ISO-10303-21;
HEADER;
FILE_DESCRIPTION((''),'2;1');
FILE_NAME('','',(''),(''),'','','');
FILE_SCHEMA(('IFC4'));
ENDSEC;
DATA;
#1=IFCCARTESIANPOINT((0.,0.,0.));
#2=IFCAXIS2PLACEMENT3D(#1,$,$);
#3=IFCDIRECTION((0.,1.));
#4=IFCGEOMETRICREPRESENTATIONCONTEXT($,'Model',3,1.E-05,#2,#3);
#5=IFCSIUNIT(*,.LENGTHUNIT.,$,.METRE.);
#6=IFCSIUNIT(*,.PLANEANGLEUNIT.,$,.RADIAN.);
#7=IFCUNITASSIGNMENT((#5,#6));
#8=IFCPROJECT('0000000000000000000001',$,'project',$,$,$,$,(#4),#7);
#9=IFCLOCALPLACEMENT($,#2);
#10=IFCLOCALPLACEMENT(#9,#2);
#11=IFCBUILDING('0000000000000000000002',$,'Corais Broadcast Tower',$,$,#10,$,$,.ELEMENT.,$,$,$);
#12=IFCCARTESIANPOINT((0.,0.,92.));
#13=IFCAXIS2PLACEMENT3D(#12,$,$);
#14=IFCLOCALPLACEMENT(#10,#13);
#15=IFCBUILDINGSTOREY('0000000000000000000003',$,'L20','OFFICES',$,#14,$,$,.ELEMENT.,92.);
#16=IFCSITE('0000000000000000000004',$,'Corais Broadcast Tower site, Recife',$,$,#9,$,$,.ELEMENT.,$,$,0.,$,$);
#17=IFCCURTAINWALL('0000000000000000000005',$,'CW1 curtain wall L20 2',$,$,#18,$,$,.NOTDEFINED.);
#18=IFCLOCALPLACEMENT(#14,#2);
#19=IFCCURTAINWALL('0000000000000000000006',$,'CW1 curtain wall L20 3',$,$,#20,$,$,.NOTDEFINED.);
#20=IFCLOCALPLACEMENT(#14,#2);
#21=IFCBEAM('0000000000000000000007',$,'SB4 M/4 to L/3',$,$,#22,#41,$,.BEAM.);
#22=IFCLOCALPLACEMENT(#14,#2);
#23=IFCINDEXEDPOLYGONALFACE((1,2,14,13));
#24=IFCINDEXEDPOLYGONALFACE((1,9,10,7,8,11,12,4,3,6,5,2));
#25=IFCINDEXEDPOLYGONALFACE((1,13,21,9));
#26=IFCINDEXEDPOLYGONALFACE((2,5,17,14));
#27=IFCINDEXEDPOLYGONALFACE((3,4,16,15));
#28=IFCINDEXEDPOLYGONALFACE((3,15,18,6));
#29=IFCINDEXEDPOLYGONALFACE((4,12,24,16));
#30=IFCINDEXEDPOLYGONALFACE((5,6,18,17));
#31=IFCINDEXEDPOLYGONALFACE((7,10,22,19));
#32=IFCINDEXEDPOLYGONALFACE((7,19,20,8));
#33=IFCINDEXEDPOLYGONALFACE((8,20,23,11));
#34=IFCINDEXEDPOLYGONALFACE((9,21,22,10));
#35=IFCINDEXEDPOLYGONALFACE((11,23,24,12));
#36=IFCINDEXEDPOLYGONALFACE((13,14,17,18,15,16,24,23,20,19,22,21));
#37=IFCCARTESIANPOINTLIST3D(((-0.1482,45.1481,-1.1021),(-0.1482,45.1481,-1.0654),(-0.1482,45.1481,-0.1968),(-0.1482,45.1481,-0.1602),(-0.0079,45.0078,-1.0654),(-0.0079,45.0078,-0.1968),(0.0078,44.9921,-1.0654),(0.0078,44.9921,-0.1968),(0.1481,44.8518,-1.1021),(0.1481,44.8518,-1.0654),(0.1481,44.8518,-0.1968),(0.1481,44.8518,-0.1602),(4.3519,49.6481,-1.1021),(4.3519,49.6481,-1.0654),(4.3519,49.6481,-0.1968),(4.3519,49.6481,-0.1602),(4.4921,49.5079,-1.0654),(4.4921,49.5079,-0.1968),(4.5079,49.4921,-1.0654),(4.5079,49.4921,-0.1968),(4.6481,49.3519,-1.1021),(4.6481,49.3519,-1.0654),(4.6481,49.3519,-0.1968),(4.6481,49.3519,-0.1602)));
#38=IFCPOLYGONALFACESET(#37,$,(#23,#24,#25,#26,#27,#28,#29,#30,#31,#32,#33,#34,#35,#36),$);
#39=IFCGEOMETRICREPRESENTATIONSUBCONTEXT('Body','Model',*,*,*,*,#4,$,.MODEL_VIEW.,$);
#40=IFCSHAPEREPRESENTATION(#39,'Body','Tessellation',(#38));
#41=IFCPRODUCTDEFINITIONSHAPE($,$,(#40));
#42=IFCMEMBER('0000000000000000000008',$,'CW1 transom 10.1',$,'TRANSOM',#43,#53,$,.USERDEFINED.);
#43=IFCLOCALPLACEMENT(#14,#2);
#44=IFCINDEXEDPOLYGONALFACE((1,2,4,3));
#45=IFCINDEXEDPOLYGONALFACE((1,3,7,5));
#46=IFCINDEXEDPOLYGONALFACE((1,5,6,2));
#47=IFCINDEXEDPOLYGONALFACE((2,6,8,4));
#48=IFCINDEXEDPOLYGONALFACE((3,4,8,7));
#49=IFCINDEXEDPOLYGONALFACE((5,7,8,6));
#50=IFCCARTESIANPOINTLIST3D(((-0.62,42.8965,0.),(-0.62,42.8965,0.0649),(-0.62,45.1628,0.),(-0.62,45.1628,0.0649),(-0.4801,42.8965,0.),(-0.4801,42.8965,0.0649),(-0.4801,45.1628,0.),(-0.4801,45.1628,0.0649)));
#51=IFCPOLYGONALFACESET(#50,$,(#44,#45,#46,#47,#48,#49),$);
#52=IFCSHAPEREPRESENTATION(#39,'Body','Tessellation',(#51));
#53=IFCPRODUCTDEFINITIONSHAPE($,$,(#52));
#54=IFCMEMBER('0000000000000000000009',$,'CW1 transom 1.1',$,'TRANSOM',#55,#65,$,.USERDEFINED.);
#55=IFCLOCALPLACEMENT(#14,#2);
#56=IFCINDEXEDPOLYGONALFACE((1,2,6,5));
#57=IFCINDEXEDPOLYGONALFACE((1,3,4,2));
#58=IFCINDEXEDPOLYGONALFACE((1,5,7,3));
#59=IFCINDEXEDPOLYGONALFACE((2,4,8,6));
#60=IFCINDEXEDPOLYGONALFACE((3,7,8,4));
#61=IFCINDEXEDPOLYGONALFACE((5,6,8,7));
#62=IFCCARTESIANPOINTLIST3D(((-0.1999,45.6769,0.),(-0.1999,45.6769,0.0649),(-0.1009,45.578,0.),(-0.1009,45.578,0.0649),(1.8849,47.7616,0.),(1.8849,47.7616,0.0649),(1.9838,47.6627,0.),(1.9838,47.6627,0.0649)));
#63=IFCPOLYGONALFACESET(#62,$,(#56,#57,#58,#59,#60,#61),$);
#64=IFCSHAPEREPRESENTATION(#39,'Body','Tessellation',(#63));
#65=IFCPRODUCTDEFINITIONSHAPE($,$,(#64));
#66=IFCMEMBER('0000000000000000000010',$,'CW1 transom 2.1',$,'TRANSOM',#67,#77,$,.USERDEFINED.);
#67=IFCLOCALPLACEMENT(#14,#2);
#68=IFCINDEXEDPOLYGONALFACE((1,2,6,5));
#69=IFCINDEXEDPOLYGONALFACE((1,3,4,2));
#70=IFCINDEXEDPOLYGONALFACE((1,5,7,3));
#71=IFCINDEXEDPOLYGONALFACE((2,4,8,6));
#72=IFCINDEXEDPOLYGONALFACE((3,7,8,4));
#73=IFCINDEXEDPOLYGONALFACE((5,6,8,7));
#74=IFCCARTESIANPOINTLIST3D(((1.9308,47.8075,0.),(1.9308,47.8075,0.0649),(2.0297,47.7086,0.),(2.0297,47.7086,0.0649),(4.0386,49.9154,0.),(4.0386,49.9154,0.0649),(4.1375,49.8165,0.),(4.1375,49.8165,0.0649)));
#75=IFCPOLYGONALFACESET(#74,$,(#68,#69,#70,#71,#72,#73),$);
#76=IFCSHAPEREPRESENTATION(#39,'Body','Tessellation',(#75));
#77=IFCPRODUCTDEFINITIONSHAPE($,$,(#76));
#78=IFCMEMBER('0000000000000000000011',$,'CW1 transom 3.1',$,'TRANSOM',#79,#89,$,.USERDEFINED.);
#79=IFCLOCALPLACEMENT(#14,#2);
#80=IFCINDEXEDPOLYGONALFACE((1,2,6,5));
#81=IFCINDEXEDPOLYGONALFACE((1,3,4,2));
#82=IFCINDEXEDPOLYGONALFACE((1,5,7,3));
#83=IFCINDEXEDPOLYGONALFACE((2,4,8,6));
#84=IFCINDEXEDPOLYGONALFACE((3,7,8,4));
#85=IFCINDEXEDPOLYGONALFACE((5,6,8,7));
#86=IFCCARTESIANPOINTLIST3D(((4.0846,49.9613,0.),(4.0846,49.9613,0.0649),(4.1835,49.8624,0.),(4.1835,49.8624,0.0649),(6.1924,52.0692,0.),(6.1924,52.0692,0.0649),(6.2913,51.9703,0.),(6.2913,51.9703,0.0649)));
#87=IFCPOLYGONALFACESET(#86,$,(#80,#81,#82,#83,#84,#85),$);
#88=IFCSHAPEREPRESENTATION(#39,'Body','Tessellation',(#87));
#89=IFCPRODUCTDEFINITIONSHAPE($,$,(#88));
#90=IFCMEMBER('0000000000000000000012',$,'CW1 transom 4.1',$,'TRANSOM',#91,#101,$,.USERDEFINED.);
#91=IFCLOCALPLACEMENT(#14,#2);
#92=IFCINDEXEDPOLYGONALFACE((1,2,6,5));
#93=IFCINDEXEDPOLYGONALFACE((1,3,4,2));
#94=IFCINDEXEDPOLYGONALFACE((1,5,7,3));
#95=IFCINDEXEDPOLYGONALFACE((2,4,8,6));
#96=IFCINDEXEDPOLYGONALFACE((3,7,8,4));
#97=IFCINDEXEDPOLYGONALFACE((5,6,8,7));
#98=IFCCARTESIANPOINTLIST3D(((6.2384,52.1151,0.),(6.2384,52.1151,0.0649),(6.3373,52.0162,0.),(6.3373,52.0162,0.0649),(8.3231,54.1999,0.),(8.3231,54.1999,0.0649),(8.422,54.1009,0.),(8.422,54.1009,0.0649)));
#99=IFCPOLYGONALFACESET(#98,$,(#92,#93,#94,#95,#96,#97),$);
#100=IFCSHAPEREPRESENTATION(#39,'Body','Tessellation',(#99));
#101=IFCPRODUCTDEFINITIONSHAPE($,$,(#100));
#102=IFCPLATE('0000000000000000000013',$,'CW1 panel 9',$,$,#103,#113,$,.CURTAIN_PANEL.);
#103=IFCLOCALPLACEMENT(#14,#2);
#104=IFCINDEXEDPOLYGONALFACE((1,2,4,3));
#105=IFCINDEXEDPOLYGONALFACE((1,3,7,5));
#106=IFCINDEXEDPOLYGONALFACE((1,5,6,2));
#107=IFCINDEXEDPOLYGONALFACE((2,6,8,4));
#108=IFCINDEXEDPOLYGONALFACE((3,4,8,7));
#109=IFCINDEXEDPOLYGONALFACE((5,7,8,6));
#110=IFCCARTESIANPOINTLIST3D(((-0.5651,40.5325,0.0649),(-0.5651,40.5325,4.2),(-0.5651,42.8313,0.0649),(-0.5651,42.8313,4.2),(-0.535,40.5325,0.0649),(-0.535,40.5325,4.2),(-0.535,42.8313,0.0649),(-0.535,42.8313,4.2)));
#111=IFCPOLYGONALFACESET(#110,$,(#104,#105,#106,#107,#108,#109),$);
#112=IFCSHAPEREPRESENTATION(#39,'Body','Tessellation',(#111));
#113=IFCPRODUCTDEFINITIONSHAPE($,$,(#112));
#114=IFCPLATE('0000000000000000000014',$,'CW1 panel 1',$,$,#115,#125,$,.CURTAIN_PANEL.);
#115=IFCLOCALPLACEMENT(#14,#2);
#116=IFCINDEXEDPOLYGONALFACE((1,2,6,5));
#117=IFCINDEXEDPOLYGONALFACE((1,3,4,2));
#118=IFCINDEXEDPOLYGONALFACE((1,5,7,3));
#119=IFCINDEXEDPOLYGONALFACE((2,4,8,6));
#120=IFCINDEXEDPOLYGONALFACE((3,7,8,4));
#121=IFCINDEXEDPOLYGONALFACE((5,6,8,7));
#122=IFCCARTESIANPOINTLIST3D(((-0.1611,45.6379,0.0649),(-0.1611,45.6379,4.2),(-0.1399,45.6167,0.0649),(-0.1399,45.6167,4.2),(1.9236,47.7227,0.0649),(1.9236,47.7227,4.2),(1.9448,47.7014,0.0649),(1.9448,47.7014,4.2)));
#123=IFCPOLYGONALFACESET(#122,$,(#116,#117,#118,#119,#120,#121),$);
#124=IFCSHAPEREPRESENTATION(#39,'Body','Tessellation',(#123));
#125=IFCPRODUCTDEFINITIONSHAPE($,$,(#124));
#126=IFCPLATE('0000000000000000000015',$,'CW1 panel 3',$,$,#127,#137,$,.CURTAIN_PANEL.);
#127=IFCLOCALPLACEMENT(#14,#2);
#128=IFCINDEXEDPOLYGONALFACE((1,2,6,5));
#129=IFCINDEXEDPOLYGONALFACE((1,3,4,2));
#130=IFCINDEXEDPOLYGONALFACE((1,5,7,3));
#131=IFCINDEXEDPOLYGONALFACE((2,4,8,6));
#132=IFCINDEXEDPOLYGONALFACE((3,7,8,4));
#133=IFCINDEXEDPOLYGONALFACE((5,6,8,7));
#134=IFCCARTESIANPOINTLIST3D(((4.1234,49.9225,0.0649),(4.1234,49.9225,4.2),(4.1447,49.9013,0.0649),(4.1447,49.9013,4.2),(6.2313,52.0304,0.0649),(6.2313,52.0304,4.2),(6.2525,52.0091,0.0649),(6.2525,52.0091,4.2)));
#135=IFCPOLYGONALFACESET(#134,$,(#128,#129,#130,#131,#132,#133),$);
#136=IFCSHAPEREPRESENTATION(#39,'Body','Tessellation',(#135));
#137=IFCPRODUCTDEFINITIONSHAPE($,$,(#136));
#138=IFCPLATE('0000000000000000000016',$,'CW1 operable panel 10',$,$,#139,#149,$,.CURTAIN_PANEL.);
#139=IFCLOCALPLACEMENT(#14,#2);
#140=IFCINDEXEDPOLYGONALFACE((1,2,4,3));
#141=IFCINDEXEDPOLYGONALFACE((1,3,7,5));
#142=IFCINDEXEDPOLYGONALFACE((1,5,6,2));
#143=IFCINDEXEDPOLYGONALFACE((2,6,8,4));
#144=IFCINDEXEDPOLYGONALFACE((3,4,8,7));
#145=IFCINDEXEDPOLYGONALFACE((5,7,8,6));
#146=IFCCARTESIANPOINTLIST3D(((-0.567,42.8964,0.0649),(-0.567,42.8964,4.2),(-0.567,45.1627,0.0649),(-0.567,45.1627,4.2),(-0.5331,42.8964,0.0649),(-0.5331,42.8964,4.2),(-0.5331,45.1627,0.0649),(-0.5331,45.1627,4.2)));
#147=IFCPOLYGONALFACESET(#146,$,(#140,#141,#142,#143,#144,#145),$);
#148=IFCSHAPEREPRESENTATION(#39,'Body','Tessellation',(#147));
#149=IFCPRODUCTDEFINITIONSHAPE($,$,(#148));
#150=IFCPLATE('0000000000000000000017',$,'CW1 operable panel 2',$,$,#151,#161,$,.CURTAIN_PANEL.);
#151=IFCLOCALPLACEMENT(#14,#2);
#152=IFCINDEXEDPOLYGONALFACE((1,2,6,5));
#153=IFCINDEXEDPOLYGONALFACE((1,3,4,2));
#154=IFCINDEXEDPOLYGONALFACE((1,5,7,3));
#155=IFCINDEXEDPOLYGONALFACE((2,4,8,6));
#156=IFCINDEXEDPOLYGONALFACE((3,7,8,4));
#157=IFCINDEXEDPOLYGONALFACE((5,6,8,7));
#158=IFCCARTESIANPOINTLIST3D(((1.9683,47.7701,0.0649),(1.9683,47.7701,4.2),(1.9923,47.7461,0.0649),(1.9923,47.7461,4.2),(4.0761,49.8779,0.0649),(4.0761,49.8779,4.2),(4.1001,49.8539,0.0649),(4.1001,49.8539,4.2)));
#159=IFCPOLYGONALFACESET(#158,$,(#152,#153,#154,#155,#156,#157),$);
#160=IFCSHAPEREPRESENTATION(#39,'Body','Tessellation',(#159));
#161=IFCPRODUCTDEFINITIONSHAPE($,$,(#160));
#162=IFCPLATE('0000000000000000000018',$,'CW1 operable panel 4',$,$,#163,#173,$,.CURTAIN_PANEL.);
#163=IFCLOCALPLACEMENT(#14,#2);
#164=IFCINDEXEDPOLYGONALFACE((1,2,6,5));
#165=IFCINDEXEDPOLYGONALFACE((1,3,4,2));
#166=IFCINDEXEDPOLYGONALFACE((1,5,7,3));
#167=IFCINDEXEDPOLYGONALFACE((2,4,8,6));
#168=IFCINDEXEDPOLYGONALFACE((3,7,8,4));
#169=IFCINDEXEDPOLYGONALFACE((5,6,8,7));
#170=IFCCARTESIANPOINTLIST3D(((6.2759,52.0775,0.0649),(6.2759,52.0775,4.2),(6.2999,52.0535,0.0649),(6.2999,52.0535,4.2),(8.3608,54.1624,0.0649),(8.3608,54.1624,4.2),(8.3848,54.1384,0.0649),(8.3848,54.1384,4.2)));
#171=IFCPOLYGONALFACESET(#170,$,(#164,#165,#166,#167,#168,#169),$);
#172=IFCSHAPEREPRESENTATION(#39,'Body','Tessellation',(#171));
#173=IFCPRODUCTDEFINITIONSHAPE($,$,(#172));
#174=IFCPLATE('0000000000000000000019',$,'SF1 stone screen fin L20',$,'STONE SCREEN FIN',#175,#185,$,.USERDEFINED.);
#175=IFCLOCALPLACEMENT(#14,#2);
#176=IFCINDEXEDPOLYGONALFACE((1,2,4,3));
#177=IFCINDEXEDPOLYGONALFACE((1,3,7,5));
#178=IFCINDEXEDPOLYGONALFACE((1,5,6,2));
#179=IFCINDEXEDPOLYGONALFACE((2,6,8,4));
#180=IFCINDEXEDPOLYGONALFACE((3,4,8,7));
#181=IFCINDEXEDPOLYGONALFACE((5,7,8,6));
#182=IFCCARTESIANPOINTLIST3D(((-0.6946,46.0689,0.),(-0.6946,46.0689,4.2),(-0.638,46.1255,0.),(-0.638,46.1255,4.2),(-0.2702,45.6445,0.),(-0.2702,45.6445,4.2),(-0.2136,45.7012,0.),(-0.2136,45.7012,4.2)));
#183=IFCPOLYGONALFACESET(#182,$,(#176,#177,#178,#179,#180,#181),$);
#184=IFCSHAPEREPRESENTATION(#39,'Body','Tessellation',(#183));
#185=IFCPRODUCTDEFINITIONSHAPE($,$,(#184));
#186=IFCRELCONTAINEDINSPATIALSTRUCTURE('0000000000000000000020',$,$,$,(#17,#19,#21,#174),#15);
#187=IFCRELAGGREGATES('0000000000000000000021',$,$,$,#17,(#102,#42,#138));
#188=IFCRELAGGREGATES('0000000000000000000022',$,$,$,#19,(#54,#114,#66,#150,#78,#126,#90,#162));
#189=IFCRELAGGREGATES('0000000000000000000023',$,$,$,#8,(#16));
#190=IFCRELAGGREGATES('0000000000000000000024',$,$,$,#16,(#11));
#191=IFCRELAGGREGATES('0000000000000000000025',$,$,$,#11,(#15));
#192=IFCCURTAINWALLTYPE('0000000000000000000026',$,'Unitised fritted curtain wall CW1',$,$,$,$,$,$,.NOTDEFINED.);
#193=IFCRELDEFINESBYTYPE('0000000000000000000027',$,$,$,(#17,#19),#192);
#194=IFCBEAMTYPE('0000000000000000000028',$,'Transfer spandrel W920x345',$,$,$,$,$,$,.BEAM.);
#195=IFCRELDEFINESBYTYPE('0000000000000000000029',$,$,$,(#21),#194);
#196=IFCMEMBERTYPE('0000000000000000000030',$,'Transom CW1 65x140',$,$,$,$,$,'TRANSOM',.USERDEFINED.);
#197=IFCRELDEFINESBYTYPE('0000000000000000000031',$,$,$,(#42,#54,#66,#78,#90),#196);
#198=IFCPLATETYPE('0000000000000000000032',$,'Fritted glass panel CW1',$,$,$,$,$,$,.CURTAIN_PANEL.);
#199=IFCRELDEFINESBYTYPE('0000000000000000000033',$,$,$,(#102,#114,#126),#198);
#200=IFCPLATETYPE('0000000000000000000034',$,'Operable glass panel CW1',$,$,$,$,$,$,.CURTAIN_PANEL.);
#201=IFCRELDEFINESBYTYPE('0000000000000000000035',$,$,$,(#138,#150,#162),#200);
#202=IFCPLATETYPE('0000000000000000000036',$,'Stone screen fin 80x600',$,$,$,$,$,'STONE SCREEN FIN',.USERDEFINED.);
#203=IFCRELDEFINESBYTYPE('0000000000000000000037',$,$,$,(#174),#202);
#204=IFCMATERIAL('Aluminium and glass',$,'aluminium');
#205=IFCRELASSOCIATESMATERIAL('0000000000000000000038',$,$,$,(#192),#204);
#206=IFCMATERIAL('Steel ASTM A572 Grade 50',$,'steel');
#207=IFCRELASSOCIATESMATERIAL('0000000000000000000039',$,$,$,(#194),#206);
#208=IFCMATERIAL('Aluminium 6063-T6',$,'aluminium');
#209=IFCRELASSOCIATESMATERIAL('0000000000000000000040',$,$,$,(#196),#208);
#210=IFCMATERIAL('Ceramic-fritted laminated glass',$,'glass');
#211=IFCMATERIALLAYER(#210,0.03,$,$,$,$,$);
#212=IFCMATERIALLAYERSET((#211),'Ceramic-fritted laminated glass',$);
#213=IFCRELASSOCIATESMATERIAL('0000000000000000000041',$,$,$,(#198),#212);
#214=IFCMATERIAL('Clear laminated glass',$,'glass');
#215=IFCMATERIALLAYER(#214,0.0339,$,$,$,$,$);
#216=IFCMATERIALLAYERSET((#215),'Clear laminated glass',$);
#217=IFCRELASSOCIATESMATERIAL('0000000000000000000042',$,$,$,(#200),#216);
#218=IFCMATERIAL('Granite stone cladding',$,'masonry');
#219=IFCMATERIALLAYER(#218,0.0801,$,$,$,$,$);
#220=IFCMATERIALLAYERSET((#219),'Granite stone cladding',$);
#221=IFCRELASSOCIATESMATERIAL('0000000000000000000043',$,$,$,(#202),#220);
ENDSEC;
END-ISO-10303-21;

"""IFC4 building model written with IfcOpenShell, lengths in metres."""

from ifc_helpers import new_model, si_unit, direction, frame, origin, origin_2d, place, context, subcontext, project, spatial, rectangle, i_section, extrude, material, layer, layer_set, material_profile, profile_set, type_object, element, aggregate, save


model = new_model("IFC4")

# Units and contexts
model_context = context("Model", 3, precision=1e-05, world=origin(), true_north=direction((0.0, 1.0)))
body_context = subcontext(model_context, "Body", "Model", "MODEL_VIEW")
ifc_project = project(units=[si_unit("LENGTHUNIT", "METRE"), si_unit("PLANEANGLEUNIT", "RADIAN")], contexts=[model_context])

# Site, building, storey
site_placement = place(None, origin())
site = spatial("IfcSite", under=ifc_project, at=site_placement, Name="Corais Broadcast Tower site, Recife", CompositionType="ELEMENT", RefElevation=0.0)
building_placement = place(site_placement, origin())
building = spatial("IfcBuilding", under=site, at=building_placement, Name="Corais Broadcast Tower", CompositionType="ELEMENT")
storey_placement = place(building_placement, frame((0.0, 0.0, 92.0)))
storey = spatial("IfcBuildingStorey", under=building, at=storey_placement, Name="L20", Description="OFFICES", CompositionType="ELEMENT", Elevation=92.0)

# Curtain walls
ifc_material_1 = material(Name="Aluminium and glass", Category="aluminium")
curtain_wall_type = type_object("IfcCurtainWallType", Name="Unitised fritted curtain wall CW1", PredefinedType="NOTDEFINED", material=ifc_material_1)
curtain_wall_1_placement = place(storey_placement, origin())
curtain_wall_1 = element("IfcCurtainWall", 1, at=curtain_wall_1_placement, inside=storey, type_object=curtain_wall_type, Name="CW1 curtain wall L20 2", PredefinedType="NOTDEFINED")
curtain_wall_2_placement = place(storey_placement, origin())
curtain_wall_2 = element("IfcCurtainWall", 2, at=curtain_wall_2_placement, inside=storey, type_object=curtain_wall_type, Name="CW1 curtain wall L20 3", PredefinedType="NOTDEFINED")

# Beam
ifc_material_2 = material(Name="Steel ASTM A572 Grade 50", Category="steel")
ifc_material_profile_1 = material_profile(ifc_material_2, i_section(OverallWidth=0.4189, OverallDepth=0.9419, WebThickness=0.0222, FlangeThickness=0.0366, at=origin_2d()), Name="W920x345")
ifc_profile_set_1 = profile_set([ifc_material_profile_1], Name="Steel ASTM A572 Grade 50")
beam_type_1 = type_object("IfcBeamType", Name="Transfer spandrel W920x345", PredefinedType="BEAM", material=ifc_profile_set_1)
beam_1_placement = place(storey_placement, frame((4.5, 49.5, -0.6311), z_axis=(-0.707107, -0.707107, 0.0), x_axis=(0.707107, -0.707107, 0.0)))
element("IfcBeam", 3, at=beam_1_placement, inside=storey, type_object=beam_type_1, Name="SB4 M/4 to L/3", PredefinedType="BEAM", context=body_context, shape_type="SweptSolid", body=[
    extrude(i_section(OverallWidth=0.4189, OverallDepth=0.9419, WebThickness=0.0222, FlangeThickness=0.0366, at=origin_2d()), origin(), (0.0, 0.0, 1.0), 6.364),
])

# Members
ifc_material_3 = material(Name="Aluminium 6063-T6", Category="aluminium")
ifc_material_profile_2 = material_profile(ifc_material_3, rectangle(XDim=0.1399, YDim=0.0649, at=origin_2d()), Name="Transom CW1 65x140")
ifc_profile_set_2 = profile_set([ifc_material_profile_2], Name="Aluminium 6063-T6")
member_type_1 = type_object("IfcMemberType", Name="Transom CW1 65x140", ElementType="TRANSOM", PredefinedType="USERDEFINED", material=ifc_profile_set_2)
member_1_placement = place(storey_placement, frame((-0.55, 42.8965, 0.0325), z_axis=(0.0, 1.0, 0.0), x_axis=(-1.0, 0.0, 0.0)))
member_1 = element("IfcMember", 4, at=member_1_placement, type_object=member_type_1, Name="CW1 transom 10.1", ObjectType="TRANSOM", PredefinedType="USERDEFINED", context=body_context, shape_type="SweptSolid", body=[
    extrude(rectangle(XDim=0.1399, YDim=0.0649, at=origin_2d()), origin(), (0.0, 0.0, 1.0), 2.2664),
])
member_2_placement = place(storey_placement, frame((-0.1504, 45.6274, 0.0325), z_axis=(0.707107, 0.707107, 0.0), x_axis=(-0.707107, 0.707107, 0.0)))
member_2 = element("IfcMember", 5, at=member_2_placement, type_object=member_type_1, Name="CW1 transom 1.1", ObjectType="TRANSOM", PredefinedType="USERDEFINED", context=body_context, shape_type="SweptSolid", body=[
    extrude(rectangle(XDim=0.1399, YDim=0.0649, at=origin_2d()), origin(), (0.0, 0.0, 1.0), 2.9482),
])
member_3_placement = place(storey_placement, frame((1.9802, 47.7581, 0.0325), z_axis=(0.707107, 0.707107, 0.0), x_axis=(-0.707107, 0.707107, 0.0)))
member_3 = element("IfcMember", 6, at=member_3_placement, type_object=member_type_1, Name="CW1 transom 2.1", ObjectType="TRANSOM", PredefinedType="USERDEFINED", context=body_context, shape_type="SweptSolid", body=[
    extrude(rectangle(XDim=0.1399, YDim=0.0649, at=origin_2d()), origin(), (0.0, 0.0, 1.0), 2.981),
])
member_4_placement = place(storey_placement, frame((4.134, 49.9119, 0.0325), z_axis=(0.707107, 0.707107, 0.0), x_axis=(-0.707107, 0.707107, 0.0)))
member_4 = element("IfcMember", 7, at=member_4_placement, type_object=member_type_1, Name="CW1 transom 3.1", ObjectType="TRANSOM", PredefinedType="USERDEFINED", context=body_context, shape_type="SweptSolid", body=[
    extrude(rectangle(XDim=0.1399, YDim=0.0649, at=origin_2d()), origin(), (0.0, 0.0, 1.0), 2.981),
])
member_5_placement = place(storey_placement, frame((6.2878, 52.0657, 0.0325), z_axis=(0.707107, 0.707107, 0.0), x_axis=(-0.707107, 0.707107, 0.0)))
member_5 = element("IfcMember", 8, at=member_5_placement, type_object=member_type_1, Name="CW1 transom 4.1", ObjectType="TRANSOM", PredefinedType="USERDEFINED", context=body_context, shape_type="SweptSolid", body=[
    extrude(rectangle(XDim=0.1399, YDim=0.0649, at=origin_2d()), origin(), (0.0, 0.0, 1.0), 2.9482),
])

# Plates
ifc_material_4 = material(Name="Ceramic-fritted laminated glass", Category="glass")
ifc_layer_1 = layer(ifc_material_4, 0.03)
ifc_layer_set_1 = layer_set([ifc_layer_1], Name="Ceramic-fritted laminated glass")
plate_type_1 = type_object("IfcPlateType", Name="Fritted glass panel CW1", PredefinedType="CURTAIN_PANEL", material=ifc_layer_set_1)
plate_1_placement = place(storey_placement, frame((-0.55, 41.6819, 0.0649), z_axis=(0.0, 0.0, 1.0), x_axis=(0.0, 1.0, 0.0)))
plate_1 = element("IfcPlate", 9, at=plate_1_placement, type_object=plate_type_1, Name="CW1 panel 9", PredefinedType="CURTAIN_PANEL", context=body_context, shape_type="SweptSolid", body=[
    extrude(rectangle(XDim=2.2988, YDim=0.03, at=origin_2d()), origin(), (0.0, 0.0, 1.0), 4.135),
])
plate_2_placement = place(storey_placement, frame((0.8918, 46.6697, 0.0649), z_axis=(0.0, 0.0, 1.0), x_axis=(0.707107, 0.707107, 0.0)))
plate_2 = element("IfcPlate", 10, at=plate_2_placement, type_object=plate_type_1, Name="CW1 panel 1", PredefinedType="CURTAIN_PANEL", context=body_context, shape_type="SweptSolid", body=[
    extrude(rectangle(XDim=2.9482, YDim=0.03, at=origin_2d()), origin(), (0.0, 0.0, 1.0), 4.135),
])
plate_3_placement = place(storey_placement, frame((5.188, 50.9658, 0.0649), z_axis=(0.0, 0.0, 1.0), x_axis=(0.707107, 0.707107, 0.0)))
plate_3 = element("IfcPlate", 11, at=plate_3_placement, type_object=plate_type_1, Name="CW1 panel 3", PredefinedType="CURTAIN_PANEL", context=body_context, shape_type="SweptSolid", body=[
    extrude(rectangle(XDim=2.981, YDim=0.03, at=origin_2d()), origin(), (0.0, 0.0, 1.0), 4.135),
])
ifc_material_5 = material(Name="Clear laminated glass", Category="glass")
ifc_layer_2 = layer(ifc_material_5, 0.0339)
ifc_layer_set_2 = layer_set([ifc_layer_2], Name="Clear laminated glass")
plate_type_2 = type_object("IfcPlateType", Name="Operable glass panel CW1", PredefinedType="CURTAIN_PANEL", material=ifc_layer_set_2)
plate_4_placement = place(storey_placement, frame((-0.55, 44.0295, 0.0649), z_axis=(0.0, 0.0, 1.0), x_axis=(0.0, 1.0, 0.0)))
plate_4 = element("IfcPlate", 12, at=plate_4_placement, type_object=plate_type_2, Name="CW1 operable panel 10", PredefinedType="CURTAIN_PANEL", context=body_context, shape_type="SweptSolid", body=[
    extrude(rectangle(XDim=2.2664, YDim=0.0339, at=origin_2d()), origin(), (0.0, 0.0, 1.0), 4.135),
])
aggregate(curtain_wall_1, [plate_1, member_1, plate_4])
plate_5_placement = place(storey_placement, frame((3.0342, 48.812, 0.0649), z_axis=(0.0, 0.0, 1.0), x_axis=(0.707107, 0.707107, 0.0)))
plate_5 = element("IfcPlate", 13, at=plate_5_placement, type_object=plate_type_2, Name="CW1 operable panel 2", PredefinedType="CURTAIN_PANEL", context=body_context, shape_type="SweptSolid", body=[
    extrude(rectangle(XDim=2.981, YDim=0.0339, at=origin_2d()), origin(), (0.0, 0.0, 1.0), 4.135),
])
plate_6_placement = place(storey_placement, frame((7.3303, 53.1079, 0.0649), z_axis=(0.0, 0.0, 1.0), x_axis=(0.707107, 0.707107, 0.0)))
plate_6 = element("IfcPlate", 14, at=plate_6_placement, type_object=plate_type_2, Name="CW1 operable panel 4", PredefinedType="CURTAIN_PANEL", context=body_context, shape_type="SweptSolid", body=[
    extrude(rectangle(XDim=2.9485, YDim=0.0339, at=origin_2d()), origin(), (0.0, 0.0, 1.0), 4.135),
])
aggregate(curtain_wall_2, [member_2, plate_2, member_3, plate_5, member_4, plate_3, member_5, plate_6])

# Plate
ifc_material_6 = material(Name="Granite stone cladding", Category="masonry")
ifc_layer_3 = layer(ifc_material_6, 0.0801)
ifc_layer_set_3 = layer_set([ifc_layer_3], Name="Granite stone cladding")
plate_type_3 = type_object("IfcPlateType", Name="Stone screen fin 80x600", ElementType="STONE SCREEN FIN", PredefinedType="USERDEFINED", material=ifc_layer_set_3)
for number, where, z_axis, x_axis, name in (
    (15, (-0.4541, 45.885, 0.0), (0.0, 0.0, 1.0), (0.707107, 0.707107, 0.0), "SF1 stone screen fin L20"),
):
    element("IfcPlate", number, at=place(storey_placement, frame(where, z_axis=z_axis, x_axis=x_axis)), inside=storey, type_object=plate_type_3, Name=name, ObjectType="STONE SCREEN FIN", PredefinedType="USERDEFINED", context=body_context, shape_type="SweptSolid", body=[
        extrude(rectangle(XDim=0.0801, YDim=0.6001, at=origin_2d()), origin(), (0.0, 0.0, 1.0), 4.2),
    ])

save(model, "model.ifc")
